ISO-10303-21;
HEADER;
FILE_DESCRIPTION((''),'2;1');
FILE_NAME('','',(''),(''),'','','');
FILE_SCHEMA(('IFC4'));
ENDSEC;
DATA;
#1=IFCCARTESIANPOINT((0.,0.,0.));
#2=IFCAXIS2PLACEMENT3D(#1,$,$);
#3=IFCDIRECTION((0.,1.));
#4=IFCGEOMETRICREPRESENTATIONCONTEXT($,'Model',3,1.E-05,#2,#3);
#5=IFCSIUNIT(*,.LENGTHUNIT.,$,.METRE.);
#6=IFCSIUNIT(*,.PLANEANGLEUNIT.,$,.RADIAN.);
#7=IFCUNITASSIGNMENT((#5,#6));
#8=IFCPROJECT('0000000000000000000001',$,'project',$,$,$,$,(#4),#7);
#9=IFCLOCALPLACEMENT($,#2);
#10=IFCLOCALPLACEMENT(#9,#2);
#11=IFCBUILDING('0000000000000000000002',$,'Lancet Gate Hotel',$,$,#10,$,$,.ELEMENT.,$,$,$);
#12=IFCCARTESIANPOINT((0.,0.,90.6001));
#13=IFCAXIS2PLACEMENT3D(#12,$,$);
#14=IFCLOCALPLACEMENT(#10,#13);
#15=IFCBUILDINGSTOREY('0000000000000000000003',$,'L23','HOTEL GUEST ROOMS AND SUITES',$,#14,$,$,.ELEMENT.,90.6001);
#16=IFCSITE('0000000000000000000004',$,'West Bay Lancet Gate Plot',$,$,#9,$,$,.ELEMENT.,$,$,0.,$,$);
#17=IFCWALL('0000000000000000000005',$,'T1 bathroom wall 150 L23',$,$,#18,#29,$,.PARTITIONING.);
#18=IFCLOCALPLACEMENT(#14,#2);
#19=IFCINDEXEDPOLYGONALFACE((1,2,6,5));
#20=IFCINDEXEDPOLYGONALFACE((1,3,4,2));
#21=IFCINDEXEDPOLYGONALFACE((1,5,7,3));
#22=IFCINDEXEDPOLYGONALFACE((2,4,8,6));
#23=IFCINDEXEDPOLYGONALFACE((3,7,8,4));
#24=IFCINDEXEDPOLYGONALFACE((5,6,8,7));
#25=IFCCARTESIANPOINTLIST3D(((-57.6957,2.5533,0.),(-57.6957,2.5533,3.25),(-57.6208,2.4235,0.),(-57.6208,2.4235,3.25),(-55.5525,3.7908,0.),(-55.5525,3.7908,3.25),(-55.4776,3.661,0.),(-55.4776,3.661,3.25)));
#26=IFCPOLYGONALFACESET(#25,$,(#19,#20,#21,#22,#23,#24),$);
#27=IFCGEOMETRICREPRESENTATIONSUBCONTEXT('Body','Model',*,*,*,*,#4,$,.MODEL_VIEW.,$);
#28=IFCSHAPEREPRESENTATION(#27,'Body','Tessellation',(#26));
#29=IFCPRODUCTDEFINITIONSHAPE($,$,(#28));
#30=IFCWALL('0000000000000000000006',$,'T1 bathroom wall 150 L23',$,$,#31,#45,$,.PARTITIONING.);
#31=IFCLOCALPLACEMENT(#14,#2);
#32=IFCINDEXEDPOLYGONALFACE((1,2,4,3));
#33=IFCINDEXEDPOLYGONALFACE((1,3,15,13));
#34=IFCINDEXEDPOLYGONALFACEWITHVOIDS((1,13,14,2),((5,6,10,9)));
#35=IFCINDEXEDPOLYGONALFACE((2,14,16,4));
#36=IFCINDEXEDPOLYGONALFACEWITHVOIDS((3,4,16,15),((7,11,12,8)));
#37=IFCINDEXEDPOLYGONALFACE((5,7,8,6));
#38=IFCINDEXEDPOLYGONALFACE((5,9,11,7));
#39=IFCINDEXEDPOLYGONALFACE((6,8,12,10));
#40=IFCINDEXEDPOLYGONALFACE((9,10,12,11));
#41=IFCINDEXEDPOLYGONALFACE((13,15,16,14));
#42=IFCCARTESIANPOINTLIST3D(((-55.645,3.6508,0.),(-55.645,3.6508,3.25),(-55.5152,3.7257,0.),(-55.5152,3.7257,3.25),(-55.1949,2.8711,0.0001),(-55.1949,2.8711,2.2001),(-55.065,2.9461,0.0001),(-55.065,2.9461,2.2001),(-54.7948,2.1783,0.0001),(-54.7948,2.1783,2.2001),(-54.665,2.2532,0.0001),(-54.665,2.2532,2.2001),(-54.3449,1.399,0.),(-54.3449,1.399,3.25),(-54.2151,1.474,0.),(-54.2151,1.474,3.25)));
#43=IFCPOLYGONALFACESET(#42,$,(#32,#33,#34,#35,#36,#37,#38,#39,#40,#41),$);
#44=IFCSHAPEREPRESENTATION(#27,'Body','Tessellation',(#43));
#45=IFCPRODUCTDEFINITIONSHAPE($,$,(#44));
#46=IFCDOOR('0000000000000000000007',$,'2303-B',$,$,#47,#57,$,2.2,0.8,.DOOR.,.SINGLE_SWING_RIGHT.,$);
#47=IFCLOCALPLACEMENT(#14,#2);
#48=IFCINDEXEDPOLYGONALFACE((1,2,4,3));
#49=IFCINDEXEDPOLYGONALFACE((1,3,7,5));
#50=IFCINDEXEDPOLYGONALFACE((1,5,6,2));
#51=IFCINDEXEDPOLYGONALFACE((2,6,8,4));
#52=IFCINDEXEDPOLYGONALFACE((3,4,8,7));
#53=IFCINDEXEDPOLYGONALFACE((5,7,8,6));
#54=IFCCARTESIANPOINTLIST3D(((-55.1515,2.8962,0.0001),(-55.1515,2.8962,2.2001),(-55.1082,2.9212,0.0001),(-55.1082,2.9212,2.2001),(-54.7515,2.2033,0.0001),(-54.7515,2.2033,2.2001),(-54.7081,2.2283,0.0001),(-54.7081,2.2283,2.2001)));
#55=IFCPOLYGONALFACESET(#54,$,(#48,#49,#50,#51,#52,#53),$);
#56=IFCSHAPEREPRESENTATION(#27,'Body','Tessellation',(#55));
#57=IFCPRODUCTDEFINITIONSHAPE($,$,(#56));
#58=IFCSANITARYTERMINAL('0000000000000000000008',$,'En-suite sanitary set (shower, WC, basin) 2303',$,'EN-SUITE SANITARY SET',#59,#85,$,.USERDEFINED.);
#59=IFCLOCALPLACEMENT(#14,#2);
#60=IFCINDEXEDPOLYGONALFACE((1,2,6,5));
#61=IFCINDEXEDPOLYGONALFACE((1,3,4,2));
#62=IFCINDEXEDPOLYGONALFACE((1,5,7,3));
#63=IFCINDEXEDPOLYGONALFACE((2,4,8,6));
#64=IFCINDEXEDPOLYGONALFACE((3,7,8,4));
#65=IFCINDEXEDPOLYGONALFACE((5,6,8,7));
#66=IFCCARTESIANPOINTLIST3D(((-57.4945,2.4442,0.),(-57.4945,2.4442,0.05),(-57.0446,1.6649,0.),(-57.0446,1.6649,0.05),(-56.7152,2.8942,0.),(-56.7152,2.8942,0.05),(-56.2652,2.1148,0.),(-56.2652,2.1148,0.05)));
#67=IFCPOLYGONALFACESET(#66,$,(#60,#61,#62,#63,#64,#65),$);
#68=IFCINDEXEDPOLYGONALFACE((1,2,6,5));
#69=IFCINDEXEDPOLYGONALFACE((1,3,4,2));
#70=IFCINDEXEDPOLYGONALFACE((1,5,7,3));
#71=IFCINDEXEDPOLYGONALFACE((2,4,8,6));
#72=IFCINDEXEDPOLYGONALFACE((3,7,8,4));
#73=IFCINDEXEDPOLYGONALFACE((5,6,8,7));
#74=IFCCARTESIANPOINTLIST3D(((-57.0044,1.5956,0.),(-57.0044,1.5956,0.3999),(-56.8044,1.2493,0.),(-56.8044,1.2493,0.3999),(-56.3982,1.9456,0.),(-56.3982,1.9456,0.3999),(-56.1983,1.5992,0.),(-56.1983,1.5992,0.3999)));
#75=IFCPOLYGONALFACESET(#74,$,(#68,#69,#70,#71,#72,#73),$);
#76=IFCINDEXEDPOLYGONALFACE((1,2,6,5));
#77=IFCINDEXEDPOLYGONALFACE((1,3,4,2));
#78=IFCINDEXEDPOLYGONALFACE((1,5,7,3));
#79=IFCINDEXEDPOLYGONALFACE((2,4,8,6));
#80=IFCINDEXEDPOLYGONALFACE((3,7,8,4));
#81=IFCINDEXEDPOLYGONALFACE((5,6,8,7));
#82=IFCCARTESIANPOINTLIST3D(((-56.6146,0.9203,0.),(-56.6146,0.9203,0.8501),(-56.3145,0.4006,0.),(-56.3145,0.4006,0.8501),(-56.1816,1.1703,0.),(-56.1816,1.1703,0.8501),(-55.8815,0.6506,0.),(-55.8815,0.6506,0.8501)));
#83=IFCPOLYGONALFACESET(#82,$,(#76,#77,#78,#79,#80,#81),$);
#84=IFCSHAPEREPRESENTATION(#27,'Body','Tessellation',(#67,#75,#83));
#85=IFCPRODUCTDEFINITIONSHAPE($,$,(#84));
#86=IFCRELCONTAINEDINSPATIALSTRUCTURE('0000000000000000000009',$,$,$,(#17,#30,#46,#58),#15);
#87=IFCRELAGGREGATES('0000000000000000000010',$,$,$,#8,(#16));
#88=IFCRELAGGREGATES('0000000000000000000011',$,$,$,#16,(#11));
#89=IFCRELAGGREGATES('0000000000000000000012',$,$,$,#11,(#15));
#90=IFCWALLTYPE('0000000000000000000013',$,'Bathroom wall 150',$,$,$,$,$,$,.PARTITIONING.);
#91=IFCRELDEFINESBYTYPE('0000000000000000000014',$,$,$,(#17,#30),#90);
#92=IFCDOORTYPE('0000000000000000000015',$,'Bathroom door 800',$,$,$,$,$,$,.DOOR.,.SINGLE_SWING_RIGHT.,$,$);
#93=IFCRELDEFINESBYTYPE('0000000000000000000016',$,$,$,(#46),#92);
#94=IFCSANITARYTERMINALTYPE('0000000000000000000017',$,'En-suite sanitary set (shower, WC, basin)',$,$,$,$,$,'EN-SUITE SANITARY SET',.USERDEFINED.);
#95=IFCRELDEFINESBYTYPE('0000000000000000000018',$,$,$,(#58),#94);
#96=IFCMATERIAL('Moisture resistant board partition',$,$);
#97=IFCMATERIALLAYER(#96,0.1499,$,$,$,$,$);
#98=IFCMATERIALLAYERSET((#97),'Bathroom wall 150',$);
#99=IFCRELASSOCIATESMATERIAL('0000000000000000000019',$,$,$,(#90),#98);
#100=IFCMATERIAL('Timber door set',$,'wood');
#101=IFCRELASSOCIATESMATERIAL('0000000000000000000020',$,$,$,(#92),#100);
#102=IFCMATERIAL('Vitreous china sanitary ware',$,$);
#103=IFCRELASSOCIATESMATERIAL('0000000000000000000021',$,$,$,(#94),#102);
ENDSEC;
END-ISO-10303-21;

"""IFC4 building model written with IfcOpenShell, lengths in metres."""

from ifc_helpers import new_model, si_unit, direction, frame, frame_2d, origin, origin_2d, place, context, subcontext, project, spatial, rectangle, extrude, material, layer, layer_set, type_object, element, fill, save


model = new_model("IFC4")

# Units and contexts
model_context = context("Model", 3, precision=1e-05, world=origin(), true_north=direction((0.0, 1.0)))
body_context = subcontext(model_context, "Body", "Model", "MODEL_VIEW")
ifc_project = project(units=[si_unit("LENGTHUNIT", "METRE"), si_unit("PLANEANGLEUNIT", "RADIAN")], contexts=[model_context])

# Site, building, storey
site_placement = place(None, origin())
site = spatial("IfcSite", under=ifc_project, at=site_placement, Name="West Bay Lancet Gate Plot", CompositionType="ELEMENT", RefElevation=0.0)
building_placement = place(site_placement, origin())
building = spatial("IfcBuilding", under=site, at=building_placement, Name="Lancet Gate Hotel", CompositionType="ELEMENT")
storey_placement = place(building_placement, frame((0.0, 0.0, 90.6001)))
storey = spatial("IfcBuildingStorey", under=building, at=storey_placement, Name="L23", Description="HOTEL GUEST ROOMS AND SUITES", CompositionType="ELEMENT", Elevation=90.6001)

# Wall
ifc_material_1 = material(Name="Moisture resistant board partition")
ifc_layer_1 = layer(ifc_material_1, 0.1499)
ifc_layer_set_1 = layer_set([ifc_layer_1], Name="Bathroom wall 150")
wall_type = type_object("IfcWallType", Name="Bathroom wall 150", PredefinedType="PARTITIONING", material=ifc_layer_set_1)
wall_1_placement = place(storey_placement, frame((-55.5151, 3.7258, 0.0), z_axis=(0.0, 0.0, 1.0), x_axis=(-0.866007, -0.500033, 0.0)))
element("IfcWall", 1, at=wall_1_placement, inside=storey, type_object=wall_type, Name="T1 bathroom wall 150 L23", PredefinedType="PARTITIONING", context=body_context, shape_type="SweptSolid", body=[
    extrude(rectangle(XDim=2.4749, YDim=0.1499, at=frame_2d((1.2373, 0.0))), origin(), (0.0, 0.0, 1.0), 3.25),
])

# Wall, opening, door
wall_2_placement = place(storey_placement, frame((-54.28, 1.4365, 0.0), z_axis=(0.0, 0.0, 1.0), x_axis=(-0.500007, 0.866021, 0.0)))
wall_2 = element("IfcWall", 2, at=wall_2_placement, inside=storey, type_object=wall_type, Name="T1 bathroom wall 150 L23", PredefinedType="PARTITIONING", context=body_context, shape_type="SweptSolid", body=[
    extrude(rectangle(XDim=2.6001, YDim=0.1499, at=frame_2d((1.3, 0.0))), origin(), (0.0, 0.0, 1.0), 3.25),
])
opening_placement = place(wall_2_placement, frame((0.8999, 0.0, 0.0)))
opening = element("IfcOpeningElement", 3, at=opening_placement, cuts=wall_2, PredefinedType="OPENING", context=body_context, shape_type="SweptSolid", body=[
    extrude(rectangle(XDim=0.8, YDim=2.2, at=frame_2d((0.3999, 1.1001))), frame((0.0, 0.085, 0.0), z_axis=(0.0, -1.0, 0.0), x_axis=(1.0, 0.0, 0.0)), (0.0, 0.0, 1.0), 0.1699),
])
ifc_material_2 = material(Name="Timber door set", Category="wood")
door_type = type_object("IfcDoorType", Name="Bathroom door 800", OperationType="SINGLE_SWING_RIGHT", PredefinedType="DOOR", material=ifc_material_2)
door_placement = place(opening_placement, origin())
door = element("IfcDoor", 4, at=door_placement, inside=storey, type_object=door_type, Name="2303-B", OperationType="SINGLE_SWING_RIGHT", OverallHeight=2.2, OverallWidth=0.8, PredefinedType="DOOR", context=body_context, shape_type="SweptSolid", body=[
    extrude(rectangle(XDim=0.8, YDim=2.2, at=frame_2d((0.3999, 1.1001))), frame((0.0, 0.0249, 0.0), z_axis=(0.0, -1.0, 0.0), x_axis=(1.0, 0.0, 0.0)), (0.0, 0.0, 1.0), 0.05),
])
fill(opening, door)

# Sanitary terminal
ifc_material_3 = material(Name="Vitreous china sanitary ware")
sanitary_terminal_type = type_object("IfcSanitaryTerminalType", Name="En-suite sanitary set (shower, WC, basin)", ElementType="EN-SUITE SANITARY SET", PredefinedType="USERDEFINED", material=ifc_material_3)
sanitary_terminal_placement = place(storey_placement, frame((-56.8799, 2.2795, 0.0), z_axis=(0.0, 0.0, 1.0), x_axis=(1.0, 0.0, 0.0)))
element("IfcSanitaryTerminal", 5, at=sanitary_terminal_placement, inside=storey, type_object=sanitary_terminal_type, Name="En-suite sanitary set (shower, WC, basin) 2303", ObjectType="EN-SUITE SANITARY SET", PredefinedType="USERDEFINED", context=body_context, shape_type="SweptSolid", body=[
    extrude(rectangle(XDim=0.8999, YDim=0.8999, at=origin_2d()), frame((0.0, 0.0, 0.0), z_axis=(0.0, 0.0, 1.0), x_axis=(-0.5, 0.866025, 0.0)), (0.0, 0.0, 1.0), 0.05),
    extrude(rectangle(XDim=0.3999, YDim=0.7, at=origin_2d()), frame((0.2786, -0.6821, 0.0), z_axis=(0.0, 0.0, 1.0), x_axis=(-0.5, 0.866025, 0.0)), (0.0, 0.0, 1.0), 0.3999),
    extrude(rectangle(XDim=0.6001, YDim=0.5, at=origin_2d()), frame((0.6318, -1.4941, 0.0), z_axis=(0.0, 0.0, 1.0), x_axis=(-0.5, 0.866025, 0.0)), (0.0, 0.0, 1.0), 0.8501),
])

save(model, "model.ifc")
